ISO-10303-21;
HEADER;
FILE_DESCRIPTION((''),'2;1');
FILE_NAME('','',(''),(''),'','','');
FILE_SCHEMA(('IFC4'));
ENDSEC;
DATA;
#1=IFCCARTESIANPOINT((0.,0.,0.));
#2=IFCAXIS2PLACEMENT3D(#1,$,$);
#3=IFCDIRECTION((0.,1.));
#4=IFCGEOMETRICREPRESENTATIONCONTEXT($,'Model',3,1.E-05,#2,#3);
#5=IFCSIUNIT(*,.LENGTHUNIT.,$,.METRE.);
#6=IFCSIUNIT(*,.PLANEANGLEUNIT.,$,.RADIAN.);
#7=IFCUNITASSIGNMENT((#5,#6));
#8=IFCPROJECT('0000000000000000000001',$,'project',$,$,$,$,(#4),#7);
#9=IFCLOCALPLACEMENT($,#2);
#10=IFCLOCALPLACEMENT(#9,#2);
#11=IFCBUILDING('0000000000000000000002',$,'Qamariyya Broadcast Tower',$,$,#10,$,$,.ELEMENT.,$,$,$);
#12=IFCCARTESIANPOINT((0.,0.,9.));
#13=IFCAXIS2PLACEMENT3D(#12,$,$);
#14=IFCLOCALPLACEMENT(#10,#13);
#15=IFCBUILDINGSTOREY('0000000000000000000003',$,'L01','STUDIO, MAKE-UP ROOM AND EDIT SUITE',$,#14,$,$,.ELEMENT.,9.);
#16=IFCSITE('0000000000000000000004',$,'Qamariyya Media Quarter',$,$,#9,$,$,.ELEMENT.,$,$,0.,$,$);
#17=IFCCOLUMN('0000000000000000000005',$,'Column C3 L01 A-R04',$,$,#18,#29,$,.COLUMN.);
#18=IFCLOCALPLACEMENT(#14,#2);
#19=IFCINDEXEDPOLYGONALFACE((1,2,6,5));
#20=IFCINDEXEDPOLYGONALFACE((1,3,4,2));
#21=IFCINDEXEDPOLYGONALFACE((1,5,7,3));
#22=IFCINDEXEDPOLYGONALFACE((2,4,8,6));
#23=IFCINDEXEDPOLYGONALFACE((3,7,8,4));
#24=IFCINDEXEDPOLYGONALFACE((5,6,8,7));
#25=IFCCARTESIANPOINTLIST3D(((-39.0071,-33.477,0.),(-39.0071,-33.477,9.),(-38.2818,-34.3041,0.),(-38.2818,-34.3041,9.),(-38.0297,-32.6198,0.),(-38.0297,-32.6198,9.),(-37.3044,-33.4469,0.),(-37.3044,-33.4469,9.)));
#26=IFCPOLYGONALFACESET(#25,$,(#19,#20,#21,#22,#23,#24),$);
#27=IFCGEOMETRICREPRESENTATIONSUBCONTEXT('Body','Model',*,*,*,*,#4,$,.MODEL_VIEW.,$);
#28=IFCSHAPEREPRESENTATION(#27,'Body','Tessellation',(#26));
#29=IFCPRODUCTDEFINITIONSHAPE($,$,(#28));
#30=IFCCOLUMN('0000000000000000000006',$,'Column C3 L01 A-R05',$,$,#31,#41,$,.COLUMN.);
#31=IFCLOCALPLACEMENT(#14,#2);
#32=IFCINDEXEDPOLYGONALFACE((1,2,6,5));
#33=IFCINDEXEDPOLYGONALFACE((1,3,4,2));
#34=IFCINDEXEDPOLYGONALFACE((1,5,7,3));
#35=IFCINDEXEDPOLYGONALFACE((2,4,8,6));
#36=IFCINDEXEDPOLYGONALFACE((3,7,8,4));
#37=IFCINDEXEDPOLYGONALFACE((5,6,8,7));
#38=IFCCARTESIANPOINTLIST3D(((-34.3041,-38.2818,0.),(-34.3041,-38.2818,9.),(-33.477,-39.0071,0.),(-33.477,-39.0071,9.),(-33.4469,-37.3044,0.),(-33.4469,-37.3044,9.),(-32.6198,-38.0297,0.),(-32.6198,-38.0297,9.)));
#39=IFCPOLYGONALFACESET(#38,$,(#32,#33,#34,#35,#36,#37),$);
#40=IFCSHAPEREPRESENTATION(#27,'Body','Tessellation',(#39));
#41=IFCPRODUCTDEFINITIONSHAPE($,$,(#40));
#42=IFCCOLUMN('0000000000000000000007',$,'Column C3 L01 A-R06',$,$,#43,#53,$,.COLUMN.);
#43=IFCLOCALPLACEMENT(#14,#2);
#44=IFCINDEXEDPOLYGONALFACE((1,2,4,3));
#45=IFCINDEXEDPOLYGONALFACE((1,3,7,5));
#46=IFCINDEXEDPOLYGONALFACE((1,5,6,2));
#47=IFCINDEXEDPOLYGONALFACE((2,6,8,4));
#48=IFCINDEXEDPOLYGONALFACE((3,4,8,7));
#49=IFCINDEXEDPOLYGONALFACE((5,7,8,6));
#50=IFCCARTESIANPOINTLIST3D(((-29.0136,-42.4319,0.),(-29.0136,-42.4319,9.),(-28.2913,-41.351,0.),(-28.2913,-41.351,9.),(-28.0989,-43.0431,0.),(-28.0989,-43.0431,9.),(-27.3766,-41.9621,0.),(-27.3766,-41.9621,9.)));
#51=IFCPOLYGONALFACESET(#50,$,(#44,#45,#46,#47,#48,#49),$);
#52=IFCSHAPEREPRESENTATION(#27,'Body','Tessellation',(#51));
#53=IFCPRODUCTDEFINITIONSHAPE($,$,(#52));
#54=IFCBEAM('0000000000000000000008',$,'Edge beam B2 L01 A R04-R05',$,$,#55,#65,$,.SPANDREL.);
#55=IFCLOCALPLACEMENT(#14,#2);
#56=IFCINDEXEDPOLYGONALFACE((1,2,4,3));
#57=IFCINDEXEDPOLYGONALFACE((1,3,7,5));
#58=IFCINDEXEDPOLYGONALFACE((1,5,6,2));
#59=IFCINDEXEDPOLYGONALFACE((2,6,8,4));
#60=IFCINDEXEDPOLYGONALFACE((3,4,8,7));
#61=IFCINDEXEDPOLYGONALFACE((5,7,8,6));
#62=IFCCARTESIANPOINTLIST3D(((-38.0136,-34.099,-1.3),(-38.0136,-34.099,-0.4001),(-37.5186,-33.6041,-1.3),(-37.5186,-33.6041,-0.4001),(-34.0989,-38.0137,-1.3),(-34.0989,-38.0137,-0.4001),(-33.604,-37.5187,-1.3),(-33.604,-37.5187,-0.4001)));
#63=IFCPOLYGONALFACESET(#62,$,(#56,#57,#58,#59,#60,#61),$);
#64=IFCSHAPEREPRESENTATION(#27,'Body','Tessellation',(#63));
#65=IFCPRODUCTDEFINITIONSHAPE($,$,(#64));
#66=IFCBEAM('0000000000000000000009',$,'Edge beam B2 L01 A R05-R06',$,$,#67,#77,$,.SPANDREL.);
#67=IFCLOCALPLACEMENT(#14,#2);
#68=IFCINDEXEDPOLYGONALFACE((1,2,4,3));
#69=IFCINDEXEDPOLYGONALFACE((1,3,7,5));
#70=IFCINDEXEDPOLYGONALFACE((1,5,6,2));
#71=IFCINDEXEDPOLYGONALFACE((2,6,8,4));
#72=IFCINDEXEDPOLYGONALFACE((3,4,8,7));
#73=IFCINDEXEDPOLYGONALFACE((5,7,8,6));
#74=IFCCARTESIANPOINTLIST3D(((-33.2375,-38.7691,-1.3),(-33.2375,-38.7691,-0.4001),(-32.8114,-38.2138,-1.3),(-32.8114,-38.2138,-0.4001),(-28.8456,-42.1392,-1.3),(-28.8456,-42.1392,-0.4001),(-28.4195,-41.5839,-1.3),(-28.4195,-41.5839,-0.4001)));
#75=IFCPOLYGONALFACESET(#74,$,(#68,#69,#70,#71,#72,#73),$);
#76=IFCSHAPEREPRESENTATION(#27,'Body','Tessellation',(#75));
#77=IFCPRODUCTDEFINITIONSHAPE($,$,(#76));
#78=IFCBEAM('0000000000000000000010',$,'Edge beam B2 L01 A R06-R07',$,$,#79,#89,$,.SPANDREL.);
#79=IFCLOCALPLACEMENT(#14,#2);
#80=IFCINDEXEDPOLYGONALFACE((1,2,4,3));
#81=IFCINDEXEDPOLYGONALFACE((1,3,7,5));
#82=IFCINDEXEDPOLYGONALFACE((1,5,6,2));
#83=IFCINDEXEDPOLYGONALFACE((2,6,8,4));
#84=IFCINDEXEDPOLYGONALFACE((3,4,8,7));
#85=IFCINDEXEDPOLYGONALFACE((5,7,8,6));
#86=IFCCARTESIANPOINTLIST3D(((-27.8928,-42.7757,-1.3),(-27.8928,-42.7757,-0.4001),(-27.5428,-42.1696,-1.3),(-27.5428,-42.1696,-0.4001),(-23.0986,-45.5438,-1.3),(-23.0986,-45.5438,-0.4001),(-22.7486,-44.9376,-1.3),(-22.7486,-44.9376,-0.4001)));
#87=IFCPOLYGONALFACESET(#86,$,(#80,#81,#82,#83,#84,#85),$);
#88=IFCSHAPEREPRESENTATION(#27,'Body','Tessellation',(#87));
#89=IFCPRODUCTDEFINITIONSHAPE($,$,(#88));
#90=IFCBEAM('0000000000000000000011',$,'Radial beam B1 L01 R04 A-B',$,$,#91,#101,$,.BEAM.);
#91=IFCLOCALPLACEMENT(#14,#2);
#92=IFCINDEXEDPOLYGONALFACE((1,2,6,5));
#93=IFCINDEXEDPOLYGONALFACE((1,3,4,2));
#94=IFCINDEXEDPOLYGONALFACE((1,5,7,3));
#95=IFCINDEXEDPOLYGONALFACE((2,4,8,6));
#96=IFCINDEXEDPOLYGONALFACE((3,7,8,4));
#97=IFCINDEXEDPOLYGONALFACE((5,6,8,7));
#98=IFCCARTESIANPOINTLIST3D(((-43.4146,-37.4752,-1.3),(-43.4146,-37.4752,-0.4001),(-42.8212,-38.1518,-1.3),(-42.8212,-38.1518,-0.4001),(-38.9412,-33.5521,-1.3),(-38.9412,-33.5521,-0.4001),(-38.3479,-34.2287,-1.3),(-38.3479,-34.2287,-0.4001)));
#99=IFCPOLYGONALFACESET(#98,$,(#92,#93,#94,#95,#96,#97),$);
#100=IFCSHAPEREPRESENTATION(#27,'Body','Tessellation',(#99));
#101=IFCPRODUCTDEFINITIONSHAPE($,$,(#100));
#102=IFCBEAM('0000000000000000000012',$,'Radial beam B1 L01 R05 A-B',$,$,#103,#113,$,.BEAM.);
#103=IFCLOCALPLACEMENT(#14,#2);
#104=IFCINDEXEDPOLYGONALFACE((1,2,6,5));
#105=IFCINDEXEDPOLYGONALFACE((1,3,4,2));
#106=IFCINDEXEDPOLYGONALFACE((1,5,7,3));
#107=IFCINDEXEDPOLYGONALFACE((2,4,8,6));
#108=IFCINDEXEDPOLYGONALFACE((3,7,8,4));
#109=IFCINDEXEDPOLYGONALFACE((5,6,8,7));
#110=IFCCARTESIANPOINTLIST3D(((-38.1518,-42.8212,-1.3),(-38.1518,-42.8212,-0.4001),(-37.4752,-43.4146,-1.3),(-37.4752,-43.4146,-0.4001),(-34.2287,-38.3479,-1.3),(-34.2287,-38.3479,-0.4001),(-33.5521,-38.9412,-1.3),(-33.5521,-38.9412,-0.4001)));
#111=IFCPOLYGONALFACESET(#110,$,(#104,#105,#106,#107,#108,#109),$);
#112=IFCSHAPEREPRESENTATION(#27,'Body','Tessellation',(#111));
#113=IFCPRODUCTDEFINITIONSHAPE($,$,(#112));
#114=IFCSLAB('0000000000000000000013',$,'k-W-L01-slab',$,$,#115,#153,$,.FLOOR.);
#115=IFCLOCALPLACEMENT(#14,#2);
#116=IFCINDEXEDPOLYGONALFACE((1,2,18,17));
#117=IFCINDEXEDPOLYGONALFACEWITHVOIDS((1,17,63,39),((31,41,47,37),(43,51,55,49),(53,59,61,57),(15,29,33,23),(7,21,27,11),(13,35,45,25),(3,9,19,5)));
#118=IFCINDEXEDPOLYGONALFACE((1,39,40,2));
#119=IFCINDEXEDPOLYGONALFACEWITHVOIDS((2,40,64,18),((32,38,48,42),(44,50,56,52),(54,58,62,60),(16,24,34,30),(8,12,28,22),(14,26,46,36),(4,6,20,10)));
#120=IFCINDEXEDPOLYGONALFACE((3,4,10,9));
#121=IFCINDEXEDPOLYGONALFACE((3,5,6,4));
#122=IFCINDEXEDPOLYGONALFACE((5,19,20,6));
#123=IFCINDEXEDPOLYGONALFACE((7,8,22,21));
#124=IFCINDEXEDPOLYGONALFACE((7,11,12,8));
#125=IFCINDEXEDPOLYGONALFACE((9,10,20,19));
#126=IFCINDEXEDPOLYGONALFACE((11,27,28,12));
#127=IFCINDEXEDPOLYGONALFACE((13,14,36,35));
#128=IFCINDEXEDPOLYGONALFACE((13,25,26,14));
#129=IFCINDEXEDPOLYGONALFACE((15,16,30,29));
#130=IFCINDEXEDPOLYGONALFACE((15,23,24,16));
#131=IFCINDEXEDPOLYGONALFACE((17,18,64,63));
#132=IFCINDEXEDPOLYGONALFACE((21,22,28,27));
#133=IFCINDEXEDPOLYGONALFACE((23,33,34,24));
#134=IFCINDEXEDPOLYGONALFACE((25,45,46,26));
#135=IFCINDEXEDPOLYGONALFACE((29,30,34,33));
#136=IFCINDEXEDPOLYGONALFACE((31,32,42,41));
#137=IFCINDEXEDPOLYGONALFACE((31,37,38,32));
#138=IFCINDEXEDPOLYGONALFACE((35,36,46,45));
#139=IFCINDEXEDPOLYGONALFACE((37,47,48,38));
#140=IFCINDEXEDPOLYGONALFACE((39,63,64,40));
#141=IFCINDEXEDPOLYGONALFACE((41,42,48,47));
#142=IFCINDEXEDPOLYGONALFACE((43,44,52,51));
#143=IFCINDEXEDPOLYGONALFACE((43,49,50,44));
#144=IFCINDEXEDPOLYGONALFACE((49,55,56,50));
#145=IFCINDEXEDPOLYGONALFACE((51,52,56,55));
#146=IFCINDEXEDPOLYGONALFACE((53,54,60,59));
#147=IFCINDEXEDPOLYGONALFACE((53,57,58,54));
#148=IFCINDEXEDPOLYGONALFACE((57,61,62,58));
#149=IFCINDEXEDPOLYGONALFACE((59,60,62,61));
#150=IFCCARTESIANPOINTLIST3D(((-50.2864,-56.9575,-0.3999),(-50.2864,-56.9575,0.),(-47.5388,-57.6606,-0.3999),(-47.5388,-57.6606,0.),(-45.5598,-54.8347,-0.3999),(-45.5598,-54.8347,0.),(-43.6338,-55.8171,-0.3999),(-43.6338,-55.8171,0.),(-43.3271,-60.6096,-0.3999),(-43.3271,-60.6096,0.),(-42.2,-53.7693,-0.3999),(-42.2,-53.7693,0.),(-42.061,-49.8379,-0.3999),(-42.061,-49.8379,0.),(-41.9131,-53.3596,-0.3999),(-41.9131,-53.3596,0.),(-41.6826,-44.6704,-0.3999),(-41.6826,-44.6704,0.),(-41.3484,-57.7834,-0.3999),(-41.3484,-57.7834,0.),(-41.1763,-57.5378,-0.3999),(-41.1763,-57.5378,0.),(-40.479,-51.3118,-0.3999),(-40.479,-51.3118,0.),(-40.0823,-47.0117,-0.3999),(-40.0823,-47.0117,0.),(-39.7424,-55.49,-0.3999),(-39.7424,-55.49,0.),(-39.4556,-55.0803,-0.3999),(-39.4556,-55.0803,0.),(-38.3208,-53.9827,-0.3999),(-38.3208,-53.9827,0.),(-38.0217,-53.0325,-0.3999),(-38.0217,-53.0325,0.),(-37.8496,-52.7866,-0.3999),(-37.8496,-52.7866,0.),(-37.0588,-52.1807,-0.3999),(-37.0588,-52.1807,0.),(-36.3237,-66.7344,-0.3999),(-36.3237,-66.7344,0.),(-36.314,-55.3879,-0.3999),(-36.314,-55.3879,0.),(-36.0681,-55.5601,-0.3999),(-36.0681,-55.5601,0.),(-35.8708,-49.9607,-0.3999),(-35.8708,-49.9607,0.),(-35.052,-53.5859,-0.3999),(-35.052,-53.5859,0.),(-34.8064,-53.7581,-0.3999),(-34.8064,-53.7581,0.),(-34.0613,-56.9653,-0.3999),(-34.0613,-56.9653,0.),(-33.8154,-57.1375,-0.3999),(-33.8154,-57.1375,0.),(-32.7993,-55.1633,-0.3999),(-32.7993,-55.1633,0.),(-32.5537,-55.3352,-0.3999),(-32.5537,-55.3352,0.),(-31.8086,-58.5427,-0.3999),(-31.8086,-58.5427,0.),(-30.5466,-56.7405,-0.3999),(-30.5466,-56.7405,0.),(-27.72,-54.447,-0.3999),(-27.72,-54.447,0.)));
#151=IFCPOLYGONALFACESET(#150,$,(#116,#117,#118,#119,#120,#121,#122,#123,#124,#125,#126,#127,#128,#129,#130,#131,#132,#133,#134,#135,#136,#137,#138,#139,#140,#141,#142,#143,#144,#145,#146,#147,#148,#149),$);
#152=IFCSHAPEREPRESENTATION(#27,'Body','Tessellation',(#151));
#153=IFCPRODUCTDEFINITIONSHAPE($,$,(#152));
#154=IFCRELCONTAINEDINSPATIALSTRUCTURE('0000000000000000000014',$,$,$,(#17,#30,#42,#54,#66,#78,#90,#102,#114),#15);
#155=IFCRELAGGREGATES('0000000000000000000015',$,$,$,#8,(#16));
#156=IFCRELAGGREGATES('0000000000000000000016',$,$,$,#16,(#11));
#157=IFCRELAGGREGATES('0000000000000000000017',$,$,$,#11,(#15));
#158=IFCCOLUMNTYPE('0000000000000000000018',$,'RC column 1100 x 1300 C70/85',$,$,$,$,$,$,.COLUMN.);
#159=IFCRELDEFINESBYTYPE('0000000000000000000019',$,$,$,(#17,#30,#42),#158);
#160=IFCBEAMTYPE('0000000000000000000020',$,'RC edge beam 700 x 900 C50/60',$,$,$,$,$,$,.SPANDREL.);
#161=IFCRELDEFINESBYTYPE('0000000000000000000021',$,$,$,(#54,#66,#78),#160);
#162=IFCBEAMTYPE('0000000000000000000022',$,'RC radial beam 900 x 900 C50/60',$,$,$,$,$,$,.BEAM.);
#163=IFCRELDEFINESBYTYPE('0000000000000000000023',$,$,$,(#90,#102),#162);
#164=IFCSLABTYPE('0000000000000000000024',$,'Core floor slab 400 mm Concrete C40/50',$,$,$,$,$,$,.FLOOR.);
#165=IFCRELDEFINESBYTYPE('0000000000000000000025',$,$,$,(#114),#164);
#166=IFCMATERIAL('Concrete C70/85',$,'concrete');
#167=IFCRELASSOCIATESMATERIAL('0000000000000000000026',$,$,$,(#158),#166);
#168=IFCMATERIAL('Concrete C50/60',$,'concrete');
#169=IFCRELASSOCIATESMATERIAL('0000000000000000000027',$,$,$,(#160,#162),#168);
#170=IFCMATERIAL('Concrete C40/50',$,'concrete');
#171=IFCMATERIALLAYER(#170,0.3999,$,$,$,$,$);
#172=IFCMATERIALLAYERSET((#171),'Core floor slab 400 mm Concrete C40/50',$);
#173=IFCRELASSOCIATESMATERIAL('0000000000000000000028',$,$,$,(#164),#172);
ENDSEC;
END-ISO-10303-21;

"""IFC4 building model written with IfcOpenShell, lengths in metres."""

from ifc_helpers import new_model, si_unit, direction, frame, origin, origin_2d, place, context, subcontext, project, spatial, polyline, rectangle, outline, extrude, material, layer, layer_set, material_profile, profile_set, type_object, element, save


model = new_model("IFC4")

# Units and contexts
model_context = context("Model", 3, precision=1e-05, world=origin(), true_north=direction((0.0, 1.0)))
body_context = subcontext(model_context, "Body", "Model", "MODEL_VIEW")
ifc_project = project(units=[si_unit("LENGTHUNIT", "METRE"), si_unit("PLANEANGLEUNIT", "RADIAN")], contexts=[model_context])

# Site, building, storey
site_placement = place(None, origin())
site = spatial("IfcSite", under=ifc_project, at=site_placement, Name="Qamariyya Media Quarter", CompositionType="ELEMENT", RefElevation=0.0)
building_placement = place(site_placement, origin())
building = spatial("IfcBuilding", under=site, at=building_placement, Name="Qamariyya Broadcast Tower", CompositionType="ELEMENT")
storey_placement = place(building_placement, frame((0.0, 0.0, 9.0)))
storey = spatial("IfcBuildingStorey", under=building, at=storey_placement, Name="L01", Description="STUDIO, MAKE-UP ROOM AND EDIT SUITE", CompositionType="ELEMENT", Elevation=9.0)

# Columns
ifc_material_1 = material(Name="Concrete C70/85", Category="concrete")
ifc_material_profile_1 = material_profile(ifc_material_1, rectangle(XDim=1.1001, YDim=1.3, at=origin_2d()))
ifc_profile_set_1 = profile_set([ifc_material_profile_1], Name="Concrete C70/85")
column_type = type_object("IfcColumnType", Name="RC column 1100 x 1300 C70/85", PredefinedType="COLUMN", material=ifc_profile_set_1)
for number, where, z_axis, x_axis, name in (
    (1, (-38.1558, -33.4619, 0.0), (0.0, 0.0, 1.0), (0.659346, -0.75184, 0.0), "Column C3 L01 A-R04"),
    (2, (-33.4619, -38.1558, 0.0), (0.0, 0.0, 1.0), (0.75184, -0.659346, 0.0), "Column C3 L01 A-R05"),
    (3, (-28.1951, -42.197, 0.0), (0.0, 0.0, 1.0), (0.83147, -0.55557, 0.0), "Column C3 L01 A-R06"),
):
    element("IfcColumn", number, at=place(storey_placement, frame(where, z_axis=z_axis, x_axis=x_axis)), inside=storey, type_object=column_type, Name=name, PredefinedType="COLUMN", context=body_context, shape_type="SweptSolid", body=[
        extrude(rectangle(XDim=1.1001, YDim=1.3, at=origin_2d()), origin(), (0.0, 0.0, 1.0), 9.0),
    ])

# Beams
ifc_material_2 = material(Name="Concrete C50/60", Category="concrete")
ifc_material_profile_2 = material_profile(ifc_material_2, rectangle(XDim=0.7, YDim=0.8999, at=origin_2d()))
ifc_profile_set_2 = profile_set([ifc_material_profile_2], Name="Concrete C50/60")
beam_type_1 = type_object("IfcBeamType", Name="RC edge beam 700 x 900 C50/60", PredefinedType="SPANDREL", material=ifc_profile_set_2)
beam_placement = place(storey_placement, frame((-37.7661, -33.8516, -0.8501), z_axis=(0.707107, -0.707107, 0.0), x_axis=(0.707107, 0.707107, 0.0)))
element("IfcBeam", 4, at=beam_placement, inside=storey, type_object=beam_type_1, Name="Edge beam B2 L01 A R04-R05", PredefinedType="SPANDREL", context=body_context, shape_type="SweptSolid", body=[
    extrude(rectangle(XDim=0.7, YDim=0.8999, at=origin_2d()), origin(), (0.0, 0.0, 1.0), 5.5361),
])
for number, where, z_axis, x_axis, name in (
    (5, (-33.0244, -38.4915, -0.8501), (0.793342, -0.608777, 0.0), (0.608777, 0.793342, 0.0), "Edge beam B2 L01 A R05-R06"),
    (6, (-27.7178, -42.4727, -0.8501), (0.866014, -0.500019, 0.0), (0.500019, 0.866014, 0.0), "Edge beam B2 L01 A R06-R07"),
):
    element("IfcBeam", number, at=place(storey_placement, frame(where, z_axis=z_axis, x_axis=x_axis)), inside=storey, type_object=beam_type_1, Name=name, PredefinedType="SPANDREL", context=body_context, shape_type="SweptSolid", body=[
        extrude(rectangle(XDim=0.7, YDim=0.8999, at=origin_2d()), origin(), (0.0, 0.0, 1.0), 5.5359),
    ])
ifc_material_profile_3 = material_profile(ifc_material_2, rectangle(XDim=0.8999, YDim=0.8999, at=origin_2d()))
ifc_profile_set_3 = profile_set([ifc_material_profile_3], Name="Concrete C50/60")
beam_type_2 = type_object("IfcBeamType", Name="RC radial beam 900 x 900 C50/60", PredefinedType="BEAM", material=ifc_profile_set_3)
for number, where, z_axis, x_axis, name in (
    (7, (-38.6445, -33.8904, -0.8501), (-0.751837, -0.65935, 0.0), (0.65935, -0.751837, 0.0), "Radial beam B1 L01 R04 A-B"),
    (8, (-33.8904, -38.6445, -0.8501), (-0.65935, -0.751837, 0.0), (0.751837, -0.65935, 0.0), "Radial beam B1 L01 R05 A-B"),
):
    element("IfcBeam", number, at=place(storey_placement, frame(where, z_axis=z_axis, x_axis=x_axis)), inside=storey, type_object=beam_type_2, Name=name, PredefinedType="BEAM", context=body_context, shape_type="SweptSolid", body=[
        extrude(rectangle(XDim=0.8999, YDim=0.8999, at=origin_2d()), origin(), (0.0, 0.0, 1.0), 5.95),
    ])

# Slab
ifc_material_3 = material(Name="Concrete C40/50", Category="concrete")
ifc_layer_1 = layer(ifc_material_3, 0.3999)
ifc_layer_set_1 = layer_set([ifc_layer_1], Name="Core floor slab 400 mm Concrete C40/50")
slab_type_1 = type_object("IfcSlabType", Name="Core floor slab 400 mm Concrete C40/50", PredefinedType="FLOOR", material=ifc_layer_set_1)
slab_1_placement = place(storey_placement, frame((0.0, 0.0, -0.3999)))
element("IfcSlab", 9, at=slab_1_placement, inside=storey, type_object=slab_type_1, Name="k-W-L01-slab", PredefinedType="FLOOR", context=body_context, shape_type="SweptSolid", body=[
    extrude(outline(polyline([(-50.2864, -56.9575), (-36.3237, -66.7344), (-27.72, -54.447), (-41.6826, -44.6704), (-50.2864, -56.9575)]), holes=[polyline([(-31.8086, -58.5427), (-33.8154, -57.1375), (-32.5537, -55.3352), (-30.5466, -56.7405), (-31.8086, -58.5427)]), polyline([(-34.0613, -56.9653), (-36.0681, -55.5601), (-34.8064, -53.7581), (-32.7993, -55.1633), (-34.0613, -56.9653)]), polyline([(-36.314, -55.3879), (-38.3208, -53.9827), (-37.0588, -52.1807), (-35.052, -53.5859), (-36.314, -55.3879)]), polyline([(-39.7424, -55.49), (-42.2, -53.7693), (-43.6338, -55.8171), (-41.1763, -57.5378), (-39.7424, -55.49)]), polyline([(-39.4556, -55.0803), (-41.9131, -53.3596), (-40.479, -51.3118), (-38.0217, -53.0325), (-39.4556, -55.0803)]), polyline([(-42.061, -49.8379), (-37.8496, -52.7866), (-35.8708, -49.9607), (-40.0823, -47.0117), (-42.061, -49.8379)]), polyline([(-47.5388, -57.6606), (-43.3271, -60.6096), (-41.3484, -57.7834), (-45.5598, -54.8347), (-47.5388, -57.6606)])]), origin(), (0.0, 0.0, 1.0), 0.3999),
])

save(model, "model.ifc")
